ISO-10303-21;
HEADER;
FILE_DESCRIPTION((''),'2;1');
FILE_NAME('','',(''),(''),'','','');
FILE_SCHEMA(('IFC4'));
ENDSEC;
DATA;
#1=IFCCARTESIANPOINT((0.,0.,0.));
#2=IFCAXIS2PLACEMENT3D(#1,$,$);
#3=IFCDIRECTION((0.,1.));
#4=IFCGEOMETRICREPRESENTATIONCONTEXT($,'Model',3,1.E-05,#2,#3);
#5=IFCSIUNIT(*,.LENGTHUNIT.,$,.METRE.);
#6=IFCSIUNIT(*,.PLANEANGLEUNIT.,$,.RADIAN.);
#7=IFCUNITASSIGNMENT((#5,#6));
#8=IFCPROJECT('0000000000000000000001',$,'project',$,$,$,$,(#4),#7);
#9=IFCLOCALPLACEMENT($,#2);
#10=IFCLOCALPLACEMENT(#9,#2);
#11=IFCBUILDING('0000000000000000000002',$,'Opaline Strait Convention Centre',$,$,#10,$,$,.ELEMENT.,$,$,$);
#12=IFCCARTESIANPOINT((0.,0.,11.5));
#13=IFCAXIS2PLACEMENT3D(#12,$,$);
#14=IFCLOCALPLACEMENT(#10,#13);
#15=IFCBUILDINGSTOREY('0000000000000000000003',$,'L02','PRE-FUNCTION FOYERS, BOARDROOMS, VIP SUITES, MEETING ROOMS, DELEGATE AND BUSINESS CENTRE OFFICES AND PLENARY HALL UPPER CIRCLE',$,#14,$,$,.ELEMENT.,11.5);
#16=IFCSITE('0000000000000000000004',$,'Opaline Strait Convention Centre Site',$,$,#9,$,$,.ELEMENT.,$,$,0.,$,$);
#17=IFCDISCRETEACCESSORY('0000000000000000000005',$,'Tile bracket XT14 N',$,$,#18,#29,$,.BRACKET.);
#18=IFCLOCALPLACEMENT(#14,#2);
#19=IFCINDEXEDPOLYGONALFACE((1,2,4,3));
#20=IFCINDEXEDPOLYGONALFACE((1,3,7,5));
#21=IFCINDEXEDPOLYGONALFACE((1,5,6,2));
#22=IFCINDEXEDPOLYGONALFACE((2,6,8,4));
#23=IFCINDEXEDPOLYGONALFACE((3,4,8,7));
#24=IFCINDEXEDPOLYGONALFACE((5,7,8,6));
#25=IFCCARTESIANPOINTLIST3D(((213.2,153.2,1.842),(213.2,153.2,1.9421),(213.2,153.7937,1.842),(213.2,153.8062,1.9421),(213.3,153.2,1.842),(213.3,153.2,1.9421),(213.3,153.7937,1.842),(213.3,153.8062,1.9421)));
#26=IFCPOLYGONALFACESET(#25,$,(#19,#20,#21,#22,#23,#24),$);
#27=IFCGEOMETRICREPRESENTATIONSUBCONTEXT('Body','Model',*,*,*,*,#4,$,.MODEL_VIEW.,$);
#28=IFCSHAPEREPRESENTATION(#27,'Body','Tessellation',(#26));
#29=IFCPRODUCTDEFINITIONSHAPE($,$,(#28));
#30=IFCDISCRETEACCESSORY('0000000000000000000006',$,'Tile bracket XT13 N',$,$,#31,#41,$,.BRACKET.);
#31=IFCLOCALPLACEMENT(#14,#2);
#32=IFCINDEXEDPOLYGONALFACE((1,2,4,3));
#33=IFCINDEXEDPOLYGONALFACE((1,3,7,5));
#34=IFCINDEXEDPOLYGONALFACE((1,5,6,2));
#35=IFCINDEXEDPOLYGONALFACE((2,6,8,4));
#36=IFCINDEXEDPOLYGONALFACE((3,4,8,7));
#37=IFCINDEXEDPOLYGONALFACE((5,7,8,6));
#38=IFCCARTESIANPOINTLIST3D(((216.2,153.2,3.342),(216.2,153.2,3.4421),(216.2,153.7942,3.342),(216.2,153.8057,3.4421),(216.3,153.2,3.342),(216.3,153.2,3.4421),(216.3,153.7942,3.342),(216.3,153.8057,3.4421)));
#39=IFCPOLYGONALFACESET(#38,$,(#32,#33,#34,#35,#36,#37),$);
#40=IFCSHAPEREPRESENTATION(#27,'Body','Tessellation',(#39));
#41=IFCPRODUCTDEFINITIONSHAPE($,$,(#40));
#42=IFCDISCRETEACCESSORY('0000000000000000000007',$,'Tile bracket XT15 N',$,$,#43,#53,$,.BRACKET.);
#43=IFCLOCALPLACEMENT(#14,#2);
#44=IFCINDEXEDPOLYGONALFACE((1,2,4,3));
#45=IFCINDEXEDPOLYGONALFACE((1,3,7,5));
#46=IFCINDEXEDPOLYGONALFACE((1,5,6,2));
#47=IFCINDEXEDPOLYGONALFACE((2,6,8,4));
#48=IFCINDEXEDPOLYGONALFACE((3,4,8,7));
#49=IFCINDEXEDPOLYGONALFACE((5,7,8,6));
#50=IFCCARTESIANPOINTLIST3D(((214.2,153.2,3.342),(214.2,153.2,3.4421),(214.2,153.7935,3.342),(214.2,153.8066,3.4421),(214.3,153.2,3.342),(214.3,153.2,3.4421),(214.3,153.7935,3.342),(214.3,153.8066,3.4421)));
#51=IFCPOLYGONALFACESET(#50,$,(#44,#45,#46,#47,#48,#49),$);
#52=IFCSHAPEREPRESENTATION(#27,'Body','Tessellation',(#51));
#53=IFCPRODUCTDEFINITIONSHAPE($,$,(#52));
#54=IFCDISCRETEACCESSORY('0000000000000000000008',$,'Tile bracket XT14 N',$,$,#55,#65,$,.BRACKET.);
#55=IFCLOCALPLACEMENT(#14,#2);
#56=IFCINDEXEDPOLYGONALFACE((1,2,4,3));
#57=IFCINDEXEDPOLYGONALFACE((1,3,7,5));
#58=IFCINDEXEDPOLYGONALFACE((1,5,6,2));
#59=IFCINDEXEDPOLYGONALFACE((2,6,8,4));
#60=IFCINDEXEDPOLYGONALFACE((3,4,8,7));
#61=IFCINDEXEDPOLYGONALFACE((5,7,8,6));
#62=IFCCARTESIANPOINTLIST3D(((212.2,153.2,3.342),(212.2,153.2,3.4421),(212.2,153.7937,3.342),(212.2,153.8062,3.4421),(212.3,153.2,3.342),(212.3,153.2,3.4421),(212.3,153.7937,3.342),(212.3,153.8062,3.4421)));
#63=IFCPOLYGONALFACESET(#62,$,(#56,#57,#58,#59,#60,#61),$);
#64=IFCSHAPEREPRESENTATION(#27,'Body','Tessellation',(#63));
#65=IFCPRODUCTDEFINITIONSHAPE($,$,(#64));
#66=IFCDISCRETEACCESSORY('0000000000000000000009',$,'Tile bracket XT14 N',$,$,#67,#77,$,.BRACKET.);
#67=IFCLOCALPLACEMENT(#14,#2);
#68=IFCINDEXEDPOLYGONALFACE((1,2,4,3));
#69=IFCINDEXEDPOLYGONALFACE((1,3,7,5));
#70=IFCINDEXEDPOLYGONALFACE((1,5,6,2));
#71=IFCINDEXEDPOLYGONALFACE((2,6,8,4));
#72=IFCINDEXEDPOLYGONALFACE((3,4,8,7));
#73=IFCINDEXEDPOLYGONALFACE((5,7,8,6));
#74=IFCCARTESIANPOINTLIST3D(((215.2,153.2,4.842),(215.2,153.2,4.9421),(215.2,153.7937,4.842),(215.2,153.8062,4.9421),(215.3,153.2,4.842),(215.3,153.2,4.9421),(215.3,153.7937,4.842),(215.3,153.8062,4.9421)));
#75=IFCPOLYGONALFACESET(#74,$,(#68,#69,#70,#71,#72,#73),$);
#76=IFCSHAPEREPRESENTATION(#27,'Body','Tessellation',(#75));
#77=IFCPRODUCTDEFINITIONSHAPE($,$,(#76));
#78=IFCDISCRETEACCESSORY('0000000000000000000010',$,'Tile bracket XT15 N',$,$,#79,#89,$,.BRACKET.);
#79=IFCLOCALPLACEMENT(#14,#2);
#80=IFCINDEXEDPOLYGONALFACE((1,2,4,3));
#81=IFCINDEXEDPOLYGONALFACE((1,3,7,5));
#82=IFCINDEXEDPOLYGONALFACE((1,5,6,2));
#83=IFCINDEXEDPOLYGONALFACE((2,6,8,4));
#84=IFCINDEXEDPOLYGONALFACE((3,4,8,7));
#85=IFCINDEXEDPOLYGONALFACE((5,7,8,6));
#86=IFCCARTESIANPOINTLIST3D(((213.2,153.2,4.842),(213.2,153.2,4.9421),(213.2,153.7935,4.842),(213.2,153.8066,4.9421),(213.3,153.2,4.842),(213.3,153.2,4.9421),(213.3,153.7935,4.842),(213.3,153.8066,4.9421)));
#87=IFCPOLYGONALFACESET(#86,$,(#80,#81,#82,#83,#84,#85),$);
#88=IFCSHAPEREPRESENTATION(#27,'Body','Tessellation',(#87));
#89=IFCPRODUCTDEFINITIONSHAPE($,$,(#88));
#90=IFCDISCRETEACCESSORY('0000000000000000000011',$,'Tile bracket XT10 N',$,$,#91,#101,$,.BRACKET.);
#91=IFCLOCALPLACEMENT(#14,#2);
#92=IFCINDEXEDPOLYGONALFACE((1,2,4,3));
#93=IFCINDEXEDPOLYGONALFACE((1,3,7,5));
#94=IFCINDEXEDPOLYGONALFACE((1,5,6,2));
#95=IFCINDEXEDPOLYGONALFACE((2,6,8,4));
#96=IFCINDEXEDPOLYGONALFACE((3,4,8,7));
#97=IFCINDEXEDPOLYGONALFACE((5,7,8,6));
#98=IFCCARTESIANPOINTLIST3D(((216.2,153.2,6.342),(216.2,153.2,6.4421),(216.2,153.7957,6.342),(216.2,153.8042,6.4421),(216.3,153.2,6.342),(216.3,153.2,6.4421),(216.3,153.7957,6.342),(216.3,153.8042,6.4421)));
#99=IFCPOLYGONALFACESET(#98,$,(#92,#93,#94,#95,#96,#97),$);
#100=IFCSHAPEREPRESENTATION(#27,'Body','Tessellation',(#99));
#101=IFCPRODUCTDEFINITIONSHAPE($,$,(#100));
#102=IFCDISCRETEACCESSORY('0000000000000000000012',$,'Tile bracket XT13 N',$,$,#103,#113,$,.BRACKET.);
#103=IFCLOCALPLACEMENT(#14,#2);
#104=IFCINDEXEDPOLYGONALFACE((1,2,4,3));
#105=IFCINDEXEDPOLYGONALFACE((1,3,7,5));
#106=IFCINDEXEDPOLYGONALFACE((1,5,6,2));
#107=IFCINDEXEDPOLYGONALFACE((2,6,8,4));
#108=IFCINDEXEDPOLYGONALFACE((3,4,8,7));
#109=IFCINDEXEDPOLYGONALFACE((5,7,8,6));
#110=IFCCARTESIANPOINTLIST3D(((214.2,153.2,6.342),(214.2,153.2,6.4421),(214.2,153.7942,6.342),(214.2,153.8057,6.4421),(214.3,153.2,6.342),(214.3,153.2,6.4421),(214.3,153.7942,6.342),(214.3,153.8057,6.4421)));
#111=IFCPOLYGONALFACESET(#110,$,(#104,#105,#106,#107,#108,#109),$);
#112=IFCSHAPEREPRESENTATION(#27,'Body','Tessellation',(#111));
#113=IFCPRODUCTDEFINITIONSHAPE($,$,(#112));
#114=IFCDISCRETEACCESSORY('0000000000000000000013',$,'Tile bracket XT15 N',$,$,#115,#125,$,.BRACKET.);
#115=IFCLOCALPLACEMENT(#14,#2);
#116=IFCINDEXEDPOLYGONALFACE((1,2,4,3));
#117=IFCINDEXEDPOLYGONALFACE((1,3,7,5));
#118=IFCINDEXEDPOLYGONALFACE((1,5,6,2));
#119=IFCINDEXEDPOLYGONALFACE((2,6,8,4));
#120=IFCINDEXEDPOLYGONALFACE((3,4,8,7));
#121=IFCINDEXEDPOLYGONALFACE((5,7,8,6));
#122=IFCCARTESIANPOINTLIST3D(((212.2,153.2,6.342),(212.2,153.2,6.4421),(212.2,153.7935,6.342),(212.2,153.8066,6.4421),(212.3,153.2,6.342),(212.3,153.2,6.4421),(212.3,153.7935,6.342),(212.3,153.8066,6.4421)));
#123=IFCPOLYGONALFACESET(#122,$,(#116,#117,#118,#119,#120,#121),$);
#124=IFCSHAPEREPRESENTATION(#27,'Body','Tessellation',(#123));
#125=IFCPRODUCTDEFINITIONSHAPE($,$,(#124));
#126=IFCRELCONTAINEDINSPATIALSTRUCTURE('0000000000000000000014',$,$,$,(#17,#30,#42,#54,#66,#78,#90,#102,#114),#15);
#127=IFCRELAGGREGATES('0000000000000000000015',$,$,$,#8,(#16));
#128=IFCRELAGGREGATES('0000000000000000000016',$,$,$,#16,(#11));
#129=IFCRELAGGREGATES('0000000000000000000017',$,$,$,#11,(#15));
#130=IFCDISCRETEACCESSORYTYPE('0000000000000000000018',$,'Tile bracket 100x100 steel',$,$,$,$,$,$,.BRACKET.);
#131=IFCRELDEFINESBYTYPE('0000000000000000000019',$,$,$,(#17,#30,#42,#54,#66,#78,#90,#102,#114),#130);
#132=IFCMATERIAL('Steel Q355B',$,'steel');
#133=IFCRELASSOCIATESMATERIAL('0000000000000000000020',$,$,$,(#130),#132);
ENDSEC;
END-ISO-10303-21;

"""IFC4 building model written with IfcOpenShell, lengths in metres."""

from ifc_helpers import new_model, si_unit, direction, frame, origin, place, context, subcontext, project, spatial, polyline, outline, extrude, material, type_object, element, save


model = new_model("IFC4")

# Units and contexts
model_context = context("Model", 3, precision=1e-05, world=origin(), true_north=direction((0.0, 1.0)))
body_context = subcontext(model_context, "Body", "Model", "MODEL_VIEW")
ifc_project = project(units=[si_unit("LENGTHUNIT", "METRE"), si_unit("PLANEANGLEUNIT", "RADIAN")], contexts=[model_context])

# Site, building, storey
site_placement = place(None, origin())
site = spatial("IfcSite", under=ifc_project, at=site_placement, Name="Opaline Strait Convention Centre Site", CompositionType="ELEMENT", RefElevation=0.0)
building_placement = place(site_placement, origin())
building = spatial("IfcBuilding", under=site, at=building_placement, Name="Opaline Strait Convention Centre", CompositionType="ELEMENT")
storey_placement = place(building_placement, frame((0.0, 0.0, 11.5)))
storey = spatial("IfcBuildingStorey", under=building, at=storey_placement, Name="L02", Description="PRE-FUNCTION FOYERS, BOARDROOMS, VIP SUITES, MEETING ROOMS, DELEGATE AND BUSINESS CENTRE OFFICES AND PLENARY HALL UPPER CIRCLE", CompositionType="ELEMENT", Elevation=11.5)

# Discrete accessories
ifc_material_1 = material(Name="Steel Q355B", Category="steel")
discrete_accessory_type = type_object("IfcDiscreteAccessoryType", Name="Tile bracket 100x100 steel", PredefinedType="BRACKET", material=ifc_material_1)
discrete_accessory_1_placement = place(storey_placement, frame((213.3, 153.2, 1.8921), z_axis=(-1.0, 0.0, 0.0), x_axis=(0.0, -1.0, 0.0)))
element("IfcDiscreteAccessory", 1, at=discrete_accessory_1_placement, inside=storey, type_object=discrete_accessory_type, Name="Tile bracket XT14 N", PredefinedType="BRACKET", context=body_context, shape_type="SweptSolid", body=[
    extrude(outline(polyline([(0.0, -0.05), (0.0, 0.05), (-0.6062, 0.05), (-0.5938, -0.05), (0.0, -0.05)])), origin(), (0.0, 0.0, 1.0), 0.1001),
])
discrete_accessory_2_placement = place(storey_placement, frame((216.3, 153.2, 3.3921), z_axis=(-1.0, 0.0, 0.0), x_axis=(0.0, -1.0, 0.0)))
element("IfcDiscreteAccessory", 2, at=discrete_accessory_2_placement, inside=storey, type_object=discrete_accessory_type, Name="Tile bracket XT13 N", PredefinedType="BRACKET", context=body_context, shape_type="SweptSolid", body=[
    extrude(outline(polyline([(0.0, -0.05), (0.0, 0.05), (-0.6057, 0.05), (-0.5942, -0.05), (0.0, -0.05)])), origin(), (0.0, 0.0, 1.0), 0.1001),
])
discrete_accessory_3_placement = place(storey_placement, frame((214.3, 153.2, 3.3921), z_axis=(-1.0, 0.0, 0.0), x_axis=(0.0, -1.0, 0.0)))
element("IfcDiscreteAccessory", 3, at=discrete_accessory_3_placement, inside=storey, type_object=discrete_accessory_type, Name="Tile bracket XT15 N", PredefinedType="BRACKET", context=body_context, shape_type="SweptSolid", body=[
    extrude(outline(polyline([(0.0, -0.05), (0.0, 0.05), (-0.6067, 0.05), (-0.5935, -0.05), (0.0, -0.05)])), origin(), (0.0, 0.0, 1.0), 0.1001),
])
for number, where, z_axis, x_axis, name in (
    (4, (212.3, 153.2, 3.3921), (-1.0, 0.0, 0.0), (0.0, -1.0, 0.0), "Tile bracket XT14 N"),
    (5, (215.3, 153.2, 4.8921), (-1.0, 0.0, 0.0), (0.0, -1.0, 0.0), "Tile bracket XT14 N"),
):
    element("IfcDiscreteAccessory", number, at=place(storey_placement, frame(where, z_axis=z_axis, x_axis=x_axis)), inside=storey, type_object=discrete_accessory_type, Name=name, PredefinedType="BRACKET", context=body_context, shape_type="SweptSolid", body=[
        extrude(outline(polyline([(0.0, -0.05), (0.0, 0.05), (-0.6062, 0.05), (-0.5938, -0.05), (0.0, -0.05)])), origin(), (0.0, 0.0, 1.0), 0.1001),
    ])
discrete_accessory_4_placement = place(storey_placement, frame((213.3, 153.2, 4.8921), z_axis=(-1.0, 0.0, 0.0), x_axis=(0.0, -1.0, 0.0)))
element("IfcDiscreteAccessory", 6, at=discrete_accessory_4_placement, inside=storey, type_object=discrete_accessory_type, Name="Tile bracket XT15 N", PredefinedType="BRACKET", context=body_context, shape_type="SweptSolid", body=[
    extrude(outline(polyline([(0.0, -0.05), (0.0, 0.05), (-0.6067, 0.05), (-0.5935, -0.05), (0.0, -0.05)])), origin(), (0.0, 0.0, 1.0), 0.1001),
])
discrete_accessory_5_placement = place(storey_placement, frame((216.3, 153.2, 6.3921), z_axis=(-1.0, 0.0, 0.0), x_axis=(0.0, -1.0, 0.0)))
element("IfcDiscreteAccessory", 7, at=discrete_accessory_5_placement, inside=storey, type_object=discrete_accessory_type, Name="Tile bracket XT10 N", PredefinedType="BRACKET", context=body_context, shape_type="SweptSolid", body=[
    extrude(outline(polyline([(0.0, -0.05), (0.0, 0.05), (-0.6042, 0.05), (-0.5957, -0.05), (0.0, -0.05)])), origin(), (0.0, 0.0, 1.0), 0.1001),
])
discrete_accessory_6_placement = place(storey_placement, frame((214.3, 153.2, 6.3921), z_axis=(-1.0, 0.0, 0.0), x_axis=(0.0, -1.0, 0.0)))
element("IfcDiscreteAccessory", 8, at=discrete_accessory_6_placement, inside=storey, type_object=discrete_accessory_type, Name="Tile bracket XT13 N", PredefinedType="BRACKET", context=body_context, shape_type="SweptSolid", body=[
    extrude(outline(polyline([(0.0, -0.05), (0.0, 0.05), (-0.6057, 0.05), (-0.5942, -0.05), (0.0, -0.05)])), origin(), (0.0, 0.0, 1.0), 0.1001),
])
discrete_accessory_7_placement = place(storey_placement, frame((212.3, 153.2, 6.3921), z_axis=(-1.0, 0.0, 0.0), x_axis=(0.0, -1.0, 0.0)))
element("IfcDiscreteAccessory", 9, at=discrete_accessory_7_placement, inside=storey, type_object=discrete_accessory_type, Name="Tile bracket XT15 N", PredefinedType="BRACKET", context=body_context, shape_type="SweptSolid", body=[
    extrude(outline(polyline([(0.0, -0.05), (0.0, 0.05), (-0.6067, 0.05), (-0.5935, -0.05), (0.0, -0.05)])), origin(), (0.0, 0.0, 1.0), 0.1001),
])

save(model, "model.ifc")
